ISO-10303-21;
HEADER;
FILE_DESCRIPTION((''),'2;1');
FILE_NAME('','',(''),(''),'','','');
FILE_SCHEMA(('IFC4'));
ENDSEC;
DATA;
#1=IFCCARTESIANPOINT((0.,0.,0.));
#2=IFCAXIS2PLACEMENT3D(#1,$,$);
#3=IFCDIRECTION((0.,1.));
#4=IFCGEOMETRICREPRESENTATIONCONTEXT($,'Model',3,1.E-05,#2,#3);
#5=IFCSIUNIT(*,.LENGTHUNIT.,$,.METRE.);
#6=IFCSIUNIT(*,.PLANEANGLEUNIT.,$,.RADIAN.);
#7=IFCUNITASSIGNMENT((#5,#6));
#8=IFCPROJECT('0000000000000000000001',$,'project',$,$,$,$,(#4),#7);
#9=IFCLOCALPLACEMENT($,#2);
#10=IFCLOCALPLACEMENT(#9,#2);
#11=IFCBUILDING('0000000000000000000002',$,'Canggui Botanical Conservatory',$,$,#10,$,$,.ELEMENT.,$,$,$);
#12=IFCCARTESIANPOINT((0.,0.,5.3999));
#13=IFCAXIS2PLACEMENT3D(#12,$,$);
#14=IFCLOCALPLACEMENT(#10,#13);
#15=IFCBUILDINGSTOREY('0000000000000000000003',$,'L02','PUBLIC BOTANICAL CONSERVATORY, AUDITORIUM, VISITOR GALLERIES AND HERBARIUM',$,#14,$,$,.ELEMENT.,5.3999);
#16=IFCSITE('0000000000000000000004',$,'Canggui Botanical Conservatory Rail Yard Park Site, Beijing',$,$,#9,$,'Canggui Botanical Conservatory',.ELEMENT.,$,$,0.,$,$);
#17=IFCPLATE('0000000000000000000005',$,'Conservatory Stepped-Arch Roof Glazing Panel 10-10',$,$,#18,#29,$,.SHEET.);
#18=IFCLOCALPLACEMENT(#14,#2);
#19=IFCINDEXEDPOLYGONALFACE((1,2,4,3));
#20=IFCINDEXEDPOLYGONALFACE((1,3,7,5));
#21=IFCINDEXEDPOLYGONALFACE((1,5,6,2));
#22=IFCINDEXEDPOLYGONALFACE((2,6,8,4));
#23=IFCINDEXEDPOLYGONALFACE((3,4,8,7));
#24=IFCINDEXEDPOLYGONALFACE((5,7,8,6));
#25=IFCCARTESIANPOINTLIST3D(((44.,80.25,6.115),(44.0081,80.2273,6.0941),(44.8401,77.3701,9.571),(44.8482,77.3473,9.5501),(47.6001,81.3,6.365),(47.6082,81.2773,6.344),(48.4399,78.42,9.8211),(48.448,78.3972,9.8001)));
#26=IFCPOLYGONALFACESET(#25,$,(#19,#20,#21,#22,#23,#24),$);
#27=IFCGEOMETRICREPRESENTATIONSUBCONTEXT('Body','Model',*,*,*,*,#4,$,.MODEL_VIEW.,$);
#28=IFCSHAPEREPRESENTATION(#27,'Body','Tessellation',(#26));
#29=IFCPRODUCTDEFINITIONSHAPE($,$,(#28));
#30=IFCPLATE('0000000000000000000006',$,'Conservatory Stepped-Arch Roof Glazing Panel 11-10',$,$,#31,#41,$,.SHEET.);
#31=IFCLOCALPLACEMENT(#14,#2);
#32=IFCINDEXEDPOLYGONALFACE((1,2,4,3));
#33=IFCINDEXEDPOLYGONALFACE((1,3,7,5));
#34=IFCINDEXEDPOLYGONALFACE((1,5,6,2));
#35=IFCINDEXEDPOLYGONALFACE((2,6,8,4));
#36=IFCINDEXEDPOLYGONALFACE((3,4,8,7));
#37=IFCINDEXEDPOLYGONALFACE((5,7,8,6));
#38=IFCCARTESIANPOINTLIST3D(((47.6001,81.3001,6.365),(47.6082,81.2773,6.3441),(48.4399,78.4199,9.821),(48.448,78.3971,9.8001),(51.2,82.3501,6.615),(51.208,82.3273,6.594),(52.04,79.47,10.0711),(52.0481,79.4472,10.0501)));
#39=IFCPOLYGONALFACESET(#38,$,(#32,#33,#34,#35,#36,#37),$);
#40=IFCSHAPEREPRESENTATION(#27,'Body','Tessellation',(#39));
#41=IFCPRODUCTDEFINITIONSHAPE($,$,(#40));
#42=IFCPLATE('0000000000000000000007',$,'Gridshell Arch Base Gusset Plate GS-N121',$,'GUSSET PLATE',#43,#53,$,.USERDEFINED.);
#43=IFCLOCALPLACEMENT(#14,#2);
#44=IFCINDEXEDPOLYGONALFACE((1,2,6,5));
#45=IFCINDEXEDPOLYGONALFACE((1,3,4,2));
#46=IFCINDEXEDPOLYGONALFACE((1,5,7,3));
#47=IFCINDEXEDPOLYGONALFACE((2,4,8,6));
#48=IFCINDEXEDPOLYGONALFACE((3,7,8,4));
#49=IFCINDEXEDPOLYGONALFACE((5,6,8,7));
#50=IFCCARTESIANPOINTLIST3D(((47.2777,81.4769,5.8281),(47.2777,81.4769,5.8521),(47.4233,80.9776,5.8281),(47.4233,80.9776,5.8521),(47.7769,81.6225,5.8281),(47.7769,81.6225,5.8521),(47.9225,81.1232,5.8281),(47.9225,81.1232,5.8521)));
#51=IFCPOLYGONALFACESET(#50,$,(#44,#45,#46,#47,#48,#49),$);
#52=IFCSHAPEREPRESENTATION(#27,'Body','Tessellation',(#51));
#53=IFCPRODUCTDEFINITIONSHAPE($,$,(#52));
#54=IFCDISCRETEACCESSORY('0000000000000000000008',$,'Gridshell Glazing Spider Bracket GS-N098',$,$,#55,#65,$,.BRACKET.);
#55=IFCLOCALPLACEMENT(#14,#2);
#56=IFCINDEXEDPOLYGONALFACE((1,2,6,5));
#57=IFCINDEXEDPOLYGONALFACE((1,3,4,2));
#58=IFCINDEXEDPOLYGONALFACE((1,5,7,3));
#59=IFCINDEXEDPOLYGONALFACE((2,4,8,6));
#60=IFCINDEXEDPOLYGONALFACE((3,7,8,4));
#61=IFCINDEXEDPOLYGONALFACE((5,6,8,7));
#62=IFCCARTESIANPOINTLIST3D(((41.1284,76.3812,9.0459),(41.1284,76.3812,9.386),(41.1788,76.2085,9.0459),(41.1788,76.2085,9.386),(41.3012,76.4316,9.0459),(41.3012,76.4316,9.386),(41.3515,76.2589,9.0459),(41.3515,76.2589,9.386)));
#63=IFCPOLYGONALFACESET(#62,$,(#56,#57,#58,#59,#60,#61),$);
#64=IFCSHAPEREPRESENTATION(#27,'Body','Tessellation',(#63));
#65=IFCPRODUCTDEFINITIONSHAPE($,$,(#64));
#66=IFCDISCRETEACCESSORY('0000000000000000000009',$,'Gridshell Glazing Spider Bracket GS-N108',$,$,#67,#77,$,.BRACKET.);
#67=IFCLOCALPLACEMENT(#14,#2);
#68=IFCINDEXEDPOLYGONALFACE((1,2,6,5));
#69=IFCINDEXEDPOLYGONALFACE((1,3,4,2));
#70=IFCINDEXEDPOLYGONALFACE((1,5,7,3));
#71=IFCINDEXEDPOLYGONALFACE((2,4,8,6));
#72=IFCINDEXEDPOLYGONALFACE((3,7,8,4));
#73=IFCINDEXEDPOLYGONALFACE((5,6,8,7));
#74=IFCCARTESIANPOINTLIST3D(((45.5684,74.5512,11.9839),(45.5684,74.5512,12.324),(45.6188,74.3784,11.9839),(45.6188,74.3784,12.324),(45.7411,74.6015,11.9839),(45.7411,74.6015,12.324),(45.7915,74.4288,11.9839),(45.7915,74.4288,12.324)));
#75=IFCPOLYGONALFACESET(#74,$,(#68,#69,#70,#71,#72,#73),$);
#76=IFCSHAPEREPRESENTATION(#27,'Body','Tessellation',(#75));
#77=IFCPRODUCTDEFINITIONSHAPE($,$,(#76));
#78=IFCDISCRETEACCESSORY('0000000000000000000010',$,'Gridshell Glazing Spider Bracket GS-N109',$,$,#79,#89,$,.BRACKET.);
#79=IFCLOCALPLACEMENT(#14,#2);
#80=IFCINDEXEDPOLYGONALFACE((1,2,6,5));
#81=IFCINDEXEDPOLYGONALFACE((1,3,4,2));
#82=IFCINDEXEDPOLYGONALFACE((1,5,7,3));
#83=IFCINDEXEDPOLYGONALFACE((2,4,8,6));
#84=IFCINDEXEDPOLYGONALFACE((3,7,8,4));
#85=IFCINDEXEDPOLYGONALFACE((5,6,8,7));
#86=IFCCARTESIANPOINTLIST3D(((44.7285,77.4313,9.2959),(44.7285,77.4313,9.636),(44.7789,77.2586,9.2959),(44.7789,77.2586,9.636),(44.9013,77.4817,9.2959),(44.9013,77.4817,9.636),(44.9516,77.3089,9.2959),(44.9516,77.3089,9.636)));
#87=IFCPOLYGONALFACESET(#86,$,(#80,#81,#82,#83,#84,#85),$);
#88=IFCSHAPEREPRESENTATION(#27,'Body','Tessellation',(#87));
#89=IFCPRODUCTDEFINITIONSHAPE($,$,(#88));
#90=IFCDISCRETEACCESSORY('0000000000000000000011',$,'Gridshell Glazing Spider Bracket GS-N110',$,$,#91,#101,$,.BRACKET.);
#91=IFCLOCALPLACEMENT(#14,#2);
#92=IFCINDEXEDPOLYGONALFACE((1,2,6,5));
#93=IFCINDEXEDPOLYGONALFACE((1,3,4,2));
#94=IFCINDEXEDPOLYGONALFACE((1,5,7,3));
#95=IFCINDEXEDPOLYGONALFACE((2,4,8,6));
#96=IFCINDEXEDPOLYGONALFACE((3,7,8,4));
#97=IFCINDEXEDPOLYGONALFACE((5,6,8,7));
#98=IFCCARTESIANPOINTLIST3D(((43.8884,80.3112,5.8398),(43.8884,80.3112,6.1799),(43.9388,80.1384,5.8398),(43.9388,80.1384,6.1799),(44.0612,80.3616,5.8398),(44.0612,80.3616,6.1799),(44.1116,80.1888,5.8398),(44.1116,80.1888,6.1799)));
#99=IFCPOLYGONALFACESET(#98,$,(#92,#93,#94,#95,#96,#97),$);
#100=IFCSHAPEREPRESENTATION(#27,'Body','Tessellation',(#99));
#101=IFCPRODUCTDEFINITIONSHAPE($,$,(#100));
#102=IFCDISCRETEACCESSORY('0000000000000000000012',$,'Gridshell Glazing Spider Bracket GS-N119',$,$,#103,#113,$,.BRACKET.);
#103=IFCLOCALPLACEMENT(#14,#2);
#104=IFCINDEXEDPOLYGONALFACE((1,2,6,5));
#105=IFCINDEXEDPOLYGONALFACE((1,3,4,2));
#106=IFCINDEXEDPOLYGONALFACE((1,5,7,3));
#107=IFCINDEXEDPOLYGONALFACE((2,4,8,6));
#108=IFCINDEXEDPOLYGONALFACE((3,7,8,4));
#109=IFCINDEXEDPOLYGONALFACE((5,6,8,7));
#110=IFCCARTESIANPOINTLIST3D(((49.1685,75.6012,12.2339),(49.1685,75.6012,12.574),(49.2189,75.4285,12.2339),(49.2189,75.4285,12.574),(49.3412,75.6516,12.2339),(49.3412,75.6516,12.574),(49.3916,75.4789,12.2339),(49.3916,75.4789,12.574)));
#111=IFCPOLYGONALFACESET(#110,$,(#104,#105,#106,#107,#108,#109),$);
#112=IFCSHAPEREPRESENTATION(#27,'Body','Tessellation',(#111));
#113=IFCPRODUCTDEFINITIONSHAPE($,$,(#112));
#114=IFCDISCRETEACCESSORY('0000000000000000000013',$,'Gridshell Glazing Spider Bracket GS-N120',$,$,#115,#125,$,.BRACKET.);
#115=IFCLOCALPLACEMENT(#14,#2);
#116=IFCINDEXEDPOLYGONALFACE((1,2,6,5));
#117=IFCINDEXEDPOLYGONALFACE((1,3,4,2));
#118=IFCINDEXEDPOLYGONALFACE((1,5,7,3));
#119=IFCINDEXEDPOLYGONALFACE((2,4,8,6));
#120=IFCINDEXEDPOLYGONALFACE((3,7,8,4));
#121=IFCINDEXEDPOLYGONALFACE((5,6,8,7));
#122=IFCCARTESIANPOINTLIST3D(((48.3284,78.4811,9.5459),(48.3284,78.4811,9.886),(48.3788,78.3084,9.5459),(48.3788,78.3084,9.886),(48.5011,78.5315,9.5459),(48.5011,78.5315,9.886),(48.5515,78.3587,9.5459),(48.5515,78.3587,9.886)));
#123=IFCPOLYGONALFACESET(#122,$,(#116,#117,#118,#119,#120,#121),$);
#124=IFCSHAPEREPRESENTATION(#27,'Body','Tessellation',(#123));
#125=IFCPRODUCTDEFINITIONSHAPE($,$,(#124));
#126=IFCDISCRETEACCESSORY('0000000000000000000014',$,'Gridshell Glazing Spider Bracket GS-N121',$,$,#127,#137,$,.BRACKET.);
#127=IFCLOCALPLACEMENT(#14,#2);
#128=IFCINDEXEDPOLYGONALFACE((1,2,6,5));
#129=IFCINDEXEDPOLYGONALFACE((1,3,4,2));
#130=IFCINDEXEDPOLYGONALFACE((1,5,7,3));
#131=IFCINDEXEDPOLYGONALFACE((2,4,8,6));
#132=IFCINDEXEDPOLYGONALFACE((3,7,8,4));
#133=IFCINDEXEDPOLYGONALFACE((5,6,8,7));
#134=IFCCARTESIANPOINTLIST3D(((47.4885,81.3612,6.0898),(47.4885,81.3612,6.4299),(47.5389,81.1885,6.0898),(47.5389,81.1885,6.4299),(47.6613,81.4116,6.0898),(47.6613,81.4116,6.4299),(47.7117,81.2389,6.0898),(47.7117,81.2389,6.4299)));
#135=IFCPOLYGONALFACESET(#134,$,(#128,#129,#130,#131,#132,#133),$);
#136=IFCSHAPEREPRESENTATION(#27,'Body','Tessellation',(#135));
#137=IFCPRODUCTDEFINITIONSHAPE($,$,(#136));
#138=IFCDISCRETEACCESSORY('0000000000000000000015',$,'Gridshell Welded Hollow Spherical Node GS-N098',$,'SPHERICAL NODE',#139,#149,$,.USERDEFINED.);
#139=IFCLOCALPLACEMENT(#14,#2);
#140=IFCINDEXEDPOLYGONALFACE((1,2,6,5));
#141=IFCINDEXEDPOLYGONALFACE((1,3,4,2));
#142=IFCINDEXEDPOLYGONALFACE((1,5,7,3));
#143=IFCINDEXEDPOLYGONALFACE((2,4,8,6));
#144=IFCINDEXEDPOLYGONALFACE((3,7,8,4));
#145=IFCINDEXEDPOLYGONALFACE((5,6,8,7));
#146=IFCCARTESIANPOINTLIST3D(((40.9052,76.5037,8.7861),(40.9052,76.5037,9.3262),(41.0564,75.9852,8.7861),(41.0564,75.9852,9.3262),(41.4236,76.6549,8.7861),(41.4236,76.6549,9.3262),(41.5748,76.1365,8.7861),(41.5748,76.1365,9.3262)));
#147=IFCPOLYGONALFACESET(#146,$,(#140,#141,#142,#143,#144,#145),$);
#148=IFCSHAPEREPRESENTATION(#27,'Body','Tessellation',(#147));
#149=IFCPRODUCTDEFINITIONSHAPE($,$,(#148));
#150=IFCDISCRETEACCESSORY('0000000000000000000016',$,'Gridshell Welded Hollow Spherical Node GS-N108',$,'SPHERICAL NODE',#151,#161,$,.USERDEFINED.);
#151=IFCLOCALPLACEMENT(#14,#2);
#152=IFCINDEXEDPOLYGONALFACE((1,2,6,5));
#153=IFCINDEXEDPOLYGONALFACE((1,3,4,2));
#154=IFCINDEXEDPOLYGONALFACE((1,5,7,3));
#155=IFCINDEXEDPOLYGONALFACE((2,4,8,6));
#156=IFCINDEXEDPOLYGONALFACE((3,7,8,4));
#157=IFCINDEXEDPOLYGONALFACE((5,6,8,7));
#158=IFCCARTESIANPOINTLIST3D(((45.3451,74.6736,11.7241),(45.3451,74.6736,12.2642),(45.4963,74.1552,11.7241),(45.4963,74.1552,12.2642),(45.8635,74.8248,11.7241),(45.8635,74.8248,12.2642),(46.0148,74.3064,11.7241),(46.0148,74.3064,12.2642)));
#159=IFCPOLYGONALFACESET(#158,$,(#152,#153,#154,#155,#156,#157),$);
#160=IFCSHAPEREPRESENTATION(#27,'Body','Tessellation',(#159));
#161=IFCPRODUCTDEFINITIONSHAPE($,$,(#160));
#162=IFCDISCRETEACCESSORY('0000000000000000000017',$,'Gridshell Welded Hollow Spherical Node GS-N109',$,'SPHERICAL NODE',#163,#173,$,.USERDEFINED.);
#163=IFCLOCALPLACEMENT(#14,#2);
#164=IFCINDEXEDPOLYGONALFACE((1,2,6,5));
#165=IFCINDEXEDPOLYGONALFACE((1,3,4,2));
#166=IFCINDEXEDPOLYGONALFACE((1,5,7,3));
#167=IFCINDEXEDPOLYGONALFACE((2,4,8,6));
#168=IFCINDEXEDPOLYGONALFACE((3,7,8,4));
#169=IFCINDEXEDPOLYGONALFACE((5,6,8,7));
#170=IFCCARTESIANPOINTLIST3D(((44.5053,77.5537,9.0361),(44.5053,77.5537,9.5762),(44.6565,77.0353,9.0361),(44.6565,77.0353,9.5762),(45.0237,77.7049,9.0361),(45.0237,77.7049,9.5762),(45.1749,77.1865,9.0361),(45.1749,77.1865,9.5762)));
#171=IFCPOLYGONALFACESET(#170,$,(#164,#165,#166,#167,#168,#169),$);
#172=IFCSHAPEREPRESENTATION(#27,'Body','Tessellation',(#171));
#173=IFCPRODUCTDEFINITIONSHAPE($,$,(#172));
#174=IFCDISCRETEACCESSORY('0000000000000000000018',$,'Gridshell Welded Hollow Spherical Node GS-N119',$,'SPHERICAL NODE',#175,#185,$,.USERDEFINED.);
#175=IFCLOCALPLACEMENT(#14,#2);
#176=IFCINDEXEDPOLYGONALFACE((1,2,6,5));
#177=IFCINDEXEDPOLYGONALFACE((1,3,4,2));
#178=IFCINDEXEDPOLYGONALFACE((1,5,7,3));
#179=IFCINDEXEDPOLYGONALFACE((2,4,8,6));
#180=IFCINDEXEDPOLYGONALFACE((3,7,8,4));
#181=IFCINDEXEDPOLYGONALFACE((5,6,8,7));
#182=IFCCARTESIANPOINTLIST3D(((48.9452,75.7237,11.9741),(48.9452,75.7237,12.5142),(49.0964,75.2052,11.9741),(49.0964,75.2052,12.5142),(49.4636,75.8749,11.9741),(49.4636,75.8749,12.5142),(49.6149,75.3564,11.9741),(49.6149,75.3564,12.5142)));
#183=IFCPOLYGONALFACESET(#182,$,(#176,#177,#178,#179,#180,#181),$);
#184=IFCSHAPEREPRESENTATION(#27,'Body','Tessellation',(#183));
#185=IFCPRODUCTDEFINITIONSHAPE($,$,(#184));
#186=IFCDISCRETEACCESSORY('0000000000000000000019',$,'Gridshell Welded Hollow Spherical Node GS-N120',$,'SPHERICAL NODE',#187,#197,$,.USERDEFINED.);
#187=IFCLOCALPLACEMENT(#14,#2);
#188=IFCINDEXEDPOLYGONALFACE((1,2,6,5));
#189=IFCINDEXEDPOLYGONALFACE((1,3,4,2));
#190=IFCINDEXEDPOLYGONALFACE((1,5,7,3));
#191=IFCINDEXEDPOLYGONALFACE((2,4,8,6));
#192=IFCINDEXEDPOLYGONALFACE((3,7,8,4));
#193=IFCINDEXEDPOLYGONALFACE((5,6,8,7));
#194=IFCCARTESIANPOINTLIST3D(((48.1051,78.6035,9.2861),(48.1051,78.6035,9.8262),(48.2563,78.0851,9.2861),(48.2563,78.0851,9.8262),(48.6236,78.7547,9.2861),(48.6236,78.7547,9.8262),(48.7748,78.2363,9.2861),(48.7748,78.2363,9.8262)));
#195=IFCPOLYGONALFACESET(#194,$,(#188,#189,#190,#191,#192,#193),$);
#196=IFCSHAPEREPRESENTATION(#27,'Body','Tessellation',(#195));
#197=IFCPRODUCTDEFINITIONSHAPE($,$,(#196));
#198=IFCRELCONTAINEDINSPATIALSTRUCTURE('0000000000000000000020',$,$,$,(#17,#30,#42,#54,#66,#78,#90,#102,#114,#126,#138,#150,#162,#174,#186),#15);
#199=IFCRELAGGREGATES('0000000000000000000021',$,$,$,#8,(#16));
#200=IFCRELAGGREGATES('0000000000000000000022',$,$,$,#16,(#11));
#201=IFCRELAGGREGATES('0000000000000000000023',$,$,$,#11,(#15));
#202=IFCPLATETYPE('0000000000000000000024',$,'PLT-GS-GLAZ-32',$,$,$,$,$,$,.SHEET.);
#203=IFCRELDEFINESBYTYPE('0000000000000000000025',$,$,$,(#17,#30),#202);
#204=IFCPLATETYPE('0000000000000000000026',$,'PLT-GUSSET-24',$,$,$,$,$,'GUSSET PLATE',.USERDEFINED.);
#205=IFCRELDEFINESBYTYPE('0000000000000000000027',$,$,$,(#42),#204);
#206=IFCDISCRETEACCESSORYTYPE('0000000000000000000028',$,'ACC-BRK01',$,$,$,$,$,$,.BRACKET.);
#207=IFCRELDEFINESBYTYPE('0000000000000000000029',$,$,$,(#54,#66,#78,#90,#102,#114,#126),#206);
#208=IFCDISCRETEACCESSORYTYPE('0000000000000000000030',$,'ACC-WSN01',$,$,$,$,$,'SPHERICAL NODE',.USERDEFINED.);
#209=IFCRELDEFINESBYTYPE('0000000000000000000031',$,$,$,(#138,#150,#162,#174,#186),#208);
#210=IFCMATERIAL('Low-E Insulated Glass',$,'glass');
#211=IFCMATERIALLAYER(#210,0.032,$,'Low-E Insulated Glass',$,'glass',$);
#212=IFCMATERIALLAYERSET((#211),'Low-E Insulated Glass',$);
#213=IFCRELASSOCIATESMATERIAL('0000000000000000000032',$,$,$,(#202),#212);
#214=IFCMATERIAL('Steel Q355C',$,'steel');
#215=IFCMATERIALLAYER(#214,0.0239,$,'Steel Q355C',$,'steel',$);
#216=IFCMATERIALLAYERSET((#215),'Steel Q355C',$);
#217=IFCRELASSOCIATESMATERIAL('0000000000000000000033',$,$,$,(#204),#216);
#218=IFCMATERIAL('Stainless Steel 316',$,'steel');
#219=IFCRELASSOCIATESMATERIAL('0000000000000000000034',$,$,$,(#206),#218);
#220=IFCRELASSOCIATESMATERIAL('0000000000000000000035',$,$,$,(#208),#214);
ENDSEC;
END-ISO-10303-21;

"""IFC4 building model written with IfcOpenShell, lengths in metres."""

from ifc_helpers import new_model, si_unit, direction, frame, origin, origin_2d, place, context, subcontext, project, spatial, polyline, rectangle, outline, extrude, material, layer, layer_set, type_object, element, save


model = new_model("IFC4")

# Units and contexts
model_context = context("Model", 3, precision=1e-05, world=origin(), true_north=direction((0.0, 1.0)))
body_context = subcontext(model_context, "Body", "Model", "MODEL_VIEW")
ifc_project = project(units=[si_unit("LENGTHUNIT", "METRE"), si_unit("PLANEANGLEUNIT", "RADIAN")], contexts=[model_context])

# Site, building, storey
site_placement = place(None, origin())
site = spatial("IfcSite", under=ifc_project, at=site_placement, Name="Canggui Botanical Conservatory Rail Yard Park Site, Beijing", LongName="Canggui Botanical Conservatory", CompositionType="ELEMENT", RefElevation=0.0)
building_placement = place(site_placement, origin())
building = spatial("IfcBuilding", under=site, at=building_placement, Name="Canggui Botanical Conservatory", CompositionType="ELEMENT")
storey_placement = place(building_placement, frame((0.0, 0.0, 5.3999)))
storey = spatial("IfcBuildingStorey", under=building, at=storey_placement, Name="L02", Description="PUBLIC BOTANICAL CONSERVATORY, AUDITORIUM, VISITOR GALLERIES AND HERBARIUM", CompositionType="ELEMENT", Elevation=5.3999)

# Shared definitions
ifc_material_1 = material(Name="Steel Q355C", Category="steel")

# Plates
ifc_material_2 = material(Name="Low-E Insulated Glass", Category="glass")
ifc_layer_1 = layer(ifc_material_2, 0.032, Name="Low-E Insulated Glass", Category="glass")
ifc_layer_set_1 = layer_set([ifc_layer_1], Name="Low-E Insulated Glass")
plate_type_1 = type_object("IfcPlateType", Name="PLT-GS-GLAZ-32", PredefinedType="SHEET", material=ifc_layer_set_1)
plate_1_placement = place(storey_placement, frame((44.8401, 77.3701, 9.571), z_axis=(-0.253149, 0.712056, 0.654898), x_axis=(0.957881, 0.279353, 0.066532)))
element("IfcPlate", 1, at=plate_1_placement, inside=storey, type_object=plate_type_1, Name="Conservatory Stepped-Arch Roof Glazing Panel 10-10", PredefinedType="SHEET", context=body_context, shape_type="SweptSolid", body=[
    extrude(outline(polyline([(0.0, 0.0), (3.7581, 0.0), (3.5283, 4.5708), (-0.2301, 4.5706), (0.0, 0.0)])), origin(), (0.0, 0.0, -1.0), 0.032),
])
plate_2_placement = place(storey_placement, frame((48.4399, 78.4199, 9.821), z_axis=(-0.253169, 0.712037, 0.654911), x_axis=(0.95787, 0.279391, 0.066522)))
element("IfcPlate", 2, at=plate_2_placement, inside=storey, type_object=plate_type_1, Name="Conservatory Stepped-Arch Roof Glazing Panel 11-10", PredefinedType="SHEET", context=body_context, shape_type="SweptSolid", body=[
    extrude(outline(polyline([(0.0, 0.0), (3.7584, 0.0), (3.5285, 4.5708), (-0.2297, 4.5708), (0.0, 0.0)])), origin(), (0.0, 0.0, -1.0), 0.032),
])
ifc_layer_2 = layer(ifc_material_1, 0.0239, Name="Steel Q355C", Category="steel")
ifc_layer_set_2 = layer_set([ifc_layer_2], Name="Steel Q355C")
plate_type_2 = type_object("IfcPlateType", Name="PLT-GUSSET-24", ElementType="GUSSET PLATE", PredefinedType="USERDEFINED", material=ifc_layer_set_2)
plate_3_placement = place(storey_placement, frame((47.6001, 81.3, 5.8281), z_axis=(0.0, 0.0, 1.0), x_axis=(0.96, 0.28, 0.0)))
element("IfcPlate", 3, at=plate_3_placement, inside=storey, type_object=plate_type_2, Name="Gridshell Arch Base Gusset Plate GS-N121", ObjectType="GUSSET PLATE", PredefinedType="USERDEFINED", context=body_context, shape_type="SweptSolid", body=[
    extrude(rectangle(XDim=0.52, YDim=0.52, at=origin_2d()), origin(), (0.0, 0.0, 1.0), 0.0239),
])

# Discrete accessories
ifc_material_3 = material(Name="Stainless Steel 316", Category="steel")
discrete_accessory_type_1 = type_object("IfcDiscreteAccessoryType", Name="ACC-BRK01", PredefinedType="BRACKET", material=ifc_material_3)
for number, where, z_axis, x_axis, name in (
    (4, (41.24, 76.3201, 9.0459), (0.0, 0.0, 1.0), (0.96, 0.28, 0.0), "Gridshell Glazing Spider Bracket GS-N098"),
    (5, (45.6799, 74.49, 11.9839), (0.0, 0.0, 1.0), (0.96, 0.28, 0.0), "Gridshell Glazing Spider Bracket GS-N108"),
    (6, (44.8401, 77.3701, 9.2959), (0.0, 0.0, 1.0), (0.96, 0.28, 0.0), "Gridshell Glazing Spider Bracket GS-N109"),
    (7, (44.0, 80.25, 5.8398), (0.0, 0.0, 1.0), (0.96, 0.28, 0.0), "Gridshell Glazing Spider Bracket GS-N110"),
    (8, (49.28, 75.54, 12.2339), (0.0, 0.0, 1.0), (0.96, 0.28, 0.0), "Gridshell Glazing Spider Bracket GS-N119"),
    (9, (48.4399, 78.4199, 9.5459), (0.0, 0.0, 1.0), (0.96, 0.28, 0.0), "Gridshell Glazing Spider Bracket GS-N120"),
    (10, (47.6001, 81.3, 6.0898), (0.0, 0.0, 1.0), (0.96, 0.28, 0.0), "Gridshell Glazing Spider Bracket GS-N121"),
):
    element("IfcDiscreteAccessory", number, at=place(storey_placement, frame(where, z_axis=z_axis, x_axis=x_axis)), inside=storey, type_object=discrete_accessory_type_1, Name=name, PredefinedType="BRACKET", context=body_context, shape_type="SweptSolid", body=[
        extrude(rectangle(XDim=0.1799, YDim=0.1799, at=origin_2d()), origin(), (0.0, 0.0, 1.0), 0.3401),
    ])
discrete_accessory_type_2 = type_object("IfcDiscreteAccessoryType", Name="ACC-WSN01", ElementType="SPHERICAL NODE", PredefinedType="USERDEFINED", material=ifc_material_1)
for number, where, z_axis, x_axis, name in (
    (11, (41.24, 76.3201, 8.7861), (0.0, 0.0, 1.0), (0.96, 0.28, 0.0), "Gridshell Welded Hollow Spherical Node GS-N098"),
    (12, (45.6799, 74.49, 11.7241), (0.0, 0.0, 1.0), (0.96, 0.28, 0.0), "Gridshell Welded Hollow Spherical Node GS-N108"),
    (13, (44.8401, 77.3701, 9.0361), (0.0, 0.0, 1.0), (0.96, 0.28, 0.0), "Gridshell Welded Hollow Spherical Node GS-N109"),
    (14, (49.28, 75.54, 11.9741), (0.0, 0.0, 1.0), (0.96, 0.28, 0.0), "Gridshell Welded Hollow Spherical Node GS-N119"),
    (15, (48.4399, 78.4199, 9.2861), (0.0, 0.0, 1.0), (0.96, 0.28, 0.0), "Gridshell Welded Hollow Spherical Node GS-N120"),
):
    element("IfcDiscreteAccessory", number, at=place(storey_placement, frame(where, z_axis=z_axis, x_axis=x_axis)), inside=storey, type_object=discrete_accessory_type_2, Name=name, ObjectType="SPHERICAL NODE", PredefinedType="USERDEFINED", context=body_context, shape_type="SweptSolid", body=[
        extrude(rectangle(XDim=0.54, YDim=0.54, at=origin_2d()), origin(), (0.0, 0.0, 1.0), 0.54),
    ])

save(model, "model.ifc")
